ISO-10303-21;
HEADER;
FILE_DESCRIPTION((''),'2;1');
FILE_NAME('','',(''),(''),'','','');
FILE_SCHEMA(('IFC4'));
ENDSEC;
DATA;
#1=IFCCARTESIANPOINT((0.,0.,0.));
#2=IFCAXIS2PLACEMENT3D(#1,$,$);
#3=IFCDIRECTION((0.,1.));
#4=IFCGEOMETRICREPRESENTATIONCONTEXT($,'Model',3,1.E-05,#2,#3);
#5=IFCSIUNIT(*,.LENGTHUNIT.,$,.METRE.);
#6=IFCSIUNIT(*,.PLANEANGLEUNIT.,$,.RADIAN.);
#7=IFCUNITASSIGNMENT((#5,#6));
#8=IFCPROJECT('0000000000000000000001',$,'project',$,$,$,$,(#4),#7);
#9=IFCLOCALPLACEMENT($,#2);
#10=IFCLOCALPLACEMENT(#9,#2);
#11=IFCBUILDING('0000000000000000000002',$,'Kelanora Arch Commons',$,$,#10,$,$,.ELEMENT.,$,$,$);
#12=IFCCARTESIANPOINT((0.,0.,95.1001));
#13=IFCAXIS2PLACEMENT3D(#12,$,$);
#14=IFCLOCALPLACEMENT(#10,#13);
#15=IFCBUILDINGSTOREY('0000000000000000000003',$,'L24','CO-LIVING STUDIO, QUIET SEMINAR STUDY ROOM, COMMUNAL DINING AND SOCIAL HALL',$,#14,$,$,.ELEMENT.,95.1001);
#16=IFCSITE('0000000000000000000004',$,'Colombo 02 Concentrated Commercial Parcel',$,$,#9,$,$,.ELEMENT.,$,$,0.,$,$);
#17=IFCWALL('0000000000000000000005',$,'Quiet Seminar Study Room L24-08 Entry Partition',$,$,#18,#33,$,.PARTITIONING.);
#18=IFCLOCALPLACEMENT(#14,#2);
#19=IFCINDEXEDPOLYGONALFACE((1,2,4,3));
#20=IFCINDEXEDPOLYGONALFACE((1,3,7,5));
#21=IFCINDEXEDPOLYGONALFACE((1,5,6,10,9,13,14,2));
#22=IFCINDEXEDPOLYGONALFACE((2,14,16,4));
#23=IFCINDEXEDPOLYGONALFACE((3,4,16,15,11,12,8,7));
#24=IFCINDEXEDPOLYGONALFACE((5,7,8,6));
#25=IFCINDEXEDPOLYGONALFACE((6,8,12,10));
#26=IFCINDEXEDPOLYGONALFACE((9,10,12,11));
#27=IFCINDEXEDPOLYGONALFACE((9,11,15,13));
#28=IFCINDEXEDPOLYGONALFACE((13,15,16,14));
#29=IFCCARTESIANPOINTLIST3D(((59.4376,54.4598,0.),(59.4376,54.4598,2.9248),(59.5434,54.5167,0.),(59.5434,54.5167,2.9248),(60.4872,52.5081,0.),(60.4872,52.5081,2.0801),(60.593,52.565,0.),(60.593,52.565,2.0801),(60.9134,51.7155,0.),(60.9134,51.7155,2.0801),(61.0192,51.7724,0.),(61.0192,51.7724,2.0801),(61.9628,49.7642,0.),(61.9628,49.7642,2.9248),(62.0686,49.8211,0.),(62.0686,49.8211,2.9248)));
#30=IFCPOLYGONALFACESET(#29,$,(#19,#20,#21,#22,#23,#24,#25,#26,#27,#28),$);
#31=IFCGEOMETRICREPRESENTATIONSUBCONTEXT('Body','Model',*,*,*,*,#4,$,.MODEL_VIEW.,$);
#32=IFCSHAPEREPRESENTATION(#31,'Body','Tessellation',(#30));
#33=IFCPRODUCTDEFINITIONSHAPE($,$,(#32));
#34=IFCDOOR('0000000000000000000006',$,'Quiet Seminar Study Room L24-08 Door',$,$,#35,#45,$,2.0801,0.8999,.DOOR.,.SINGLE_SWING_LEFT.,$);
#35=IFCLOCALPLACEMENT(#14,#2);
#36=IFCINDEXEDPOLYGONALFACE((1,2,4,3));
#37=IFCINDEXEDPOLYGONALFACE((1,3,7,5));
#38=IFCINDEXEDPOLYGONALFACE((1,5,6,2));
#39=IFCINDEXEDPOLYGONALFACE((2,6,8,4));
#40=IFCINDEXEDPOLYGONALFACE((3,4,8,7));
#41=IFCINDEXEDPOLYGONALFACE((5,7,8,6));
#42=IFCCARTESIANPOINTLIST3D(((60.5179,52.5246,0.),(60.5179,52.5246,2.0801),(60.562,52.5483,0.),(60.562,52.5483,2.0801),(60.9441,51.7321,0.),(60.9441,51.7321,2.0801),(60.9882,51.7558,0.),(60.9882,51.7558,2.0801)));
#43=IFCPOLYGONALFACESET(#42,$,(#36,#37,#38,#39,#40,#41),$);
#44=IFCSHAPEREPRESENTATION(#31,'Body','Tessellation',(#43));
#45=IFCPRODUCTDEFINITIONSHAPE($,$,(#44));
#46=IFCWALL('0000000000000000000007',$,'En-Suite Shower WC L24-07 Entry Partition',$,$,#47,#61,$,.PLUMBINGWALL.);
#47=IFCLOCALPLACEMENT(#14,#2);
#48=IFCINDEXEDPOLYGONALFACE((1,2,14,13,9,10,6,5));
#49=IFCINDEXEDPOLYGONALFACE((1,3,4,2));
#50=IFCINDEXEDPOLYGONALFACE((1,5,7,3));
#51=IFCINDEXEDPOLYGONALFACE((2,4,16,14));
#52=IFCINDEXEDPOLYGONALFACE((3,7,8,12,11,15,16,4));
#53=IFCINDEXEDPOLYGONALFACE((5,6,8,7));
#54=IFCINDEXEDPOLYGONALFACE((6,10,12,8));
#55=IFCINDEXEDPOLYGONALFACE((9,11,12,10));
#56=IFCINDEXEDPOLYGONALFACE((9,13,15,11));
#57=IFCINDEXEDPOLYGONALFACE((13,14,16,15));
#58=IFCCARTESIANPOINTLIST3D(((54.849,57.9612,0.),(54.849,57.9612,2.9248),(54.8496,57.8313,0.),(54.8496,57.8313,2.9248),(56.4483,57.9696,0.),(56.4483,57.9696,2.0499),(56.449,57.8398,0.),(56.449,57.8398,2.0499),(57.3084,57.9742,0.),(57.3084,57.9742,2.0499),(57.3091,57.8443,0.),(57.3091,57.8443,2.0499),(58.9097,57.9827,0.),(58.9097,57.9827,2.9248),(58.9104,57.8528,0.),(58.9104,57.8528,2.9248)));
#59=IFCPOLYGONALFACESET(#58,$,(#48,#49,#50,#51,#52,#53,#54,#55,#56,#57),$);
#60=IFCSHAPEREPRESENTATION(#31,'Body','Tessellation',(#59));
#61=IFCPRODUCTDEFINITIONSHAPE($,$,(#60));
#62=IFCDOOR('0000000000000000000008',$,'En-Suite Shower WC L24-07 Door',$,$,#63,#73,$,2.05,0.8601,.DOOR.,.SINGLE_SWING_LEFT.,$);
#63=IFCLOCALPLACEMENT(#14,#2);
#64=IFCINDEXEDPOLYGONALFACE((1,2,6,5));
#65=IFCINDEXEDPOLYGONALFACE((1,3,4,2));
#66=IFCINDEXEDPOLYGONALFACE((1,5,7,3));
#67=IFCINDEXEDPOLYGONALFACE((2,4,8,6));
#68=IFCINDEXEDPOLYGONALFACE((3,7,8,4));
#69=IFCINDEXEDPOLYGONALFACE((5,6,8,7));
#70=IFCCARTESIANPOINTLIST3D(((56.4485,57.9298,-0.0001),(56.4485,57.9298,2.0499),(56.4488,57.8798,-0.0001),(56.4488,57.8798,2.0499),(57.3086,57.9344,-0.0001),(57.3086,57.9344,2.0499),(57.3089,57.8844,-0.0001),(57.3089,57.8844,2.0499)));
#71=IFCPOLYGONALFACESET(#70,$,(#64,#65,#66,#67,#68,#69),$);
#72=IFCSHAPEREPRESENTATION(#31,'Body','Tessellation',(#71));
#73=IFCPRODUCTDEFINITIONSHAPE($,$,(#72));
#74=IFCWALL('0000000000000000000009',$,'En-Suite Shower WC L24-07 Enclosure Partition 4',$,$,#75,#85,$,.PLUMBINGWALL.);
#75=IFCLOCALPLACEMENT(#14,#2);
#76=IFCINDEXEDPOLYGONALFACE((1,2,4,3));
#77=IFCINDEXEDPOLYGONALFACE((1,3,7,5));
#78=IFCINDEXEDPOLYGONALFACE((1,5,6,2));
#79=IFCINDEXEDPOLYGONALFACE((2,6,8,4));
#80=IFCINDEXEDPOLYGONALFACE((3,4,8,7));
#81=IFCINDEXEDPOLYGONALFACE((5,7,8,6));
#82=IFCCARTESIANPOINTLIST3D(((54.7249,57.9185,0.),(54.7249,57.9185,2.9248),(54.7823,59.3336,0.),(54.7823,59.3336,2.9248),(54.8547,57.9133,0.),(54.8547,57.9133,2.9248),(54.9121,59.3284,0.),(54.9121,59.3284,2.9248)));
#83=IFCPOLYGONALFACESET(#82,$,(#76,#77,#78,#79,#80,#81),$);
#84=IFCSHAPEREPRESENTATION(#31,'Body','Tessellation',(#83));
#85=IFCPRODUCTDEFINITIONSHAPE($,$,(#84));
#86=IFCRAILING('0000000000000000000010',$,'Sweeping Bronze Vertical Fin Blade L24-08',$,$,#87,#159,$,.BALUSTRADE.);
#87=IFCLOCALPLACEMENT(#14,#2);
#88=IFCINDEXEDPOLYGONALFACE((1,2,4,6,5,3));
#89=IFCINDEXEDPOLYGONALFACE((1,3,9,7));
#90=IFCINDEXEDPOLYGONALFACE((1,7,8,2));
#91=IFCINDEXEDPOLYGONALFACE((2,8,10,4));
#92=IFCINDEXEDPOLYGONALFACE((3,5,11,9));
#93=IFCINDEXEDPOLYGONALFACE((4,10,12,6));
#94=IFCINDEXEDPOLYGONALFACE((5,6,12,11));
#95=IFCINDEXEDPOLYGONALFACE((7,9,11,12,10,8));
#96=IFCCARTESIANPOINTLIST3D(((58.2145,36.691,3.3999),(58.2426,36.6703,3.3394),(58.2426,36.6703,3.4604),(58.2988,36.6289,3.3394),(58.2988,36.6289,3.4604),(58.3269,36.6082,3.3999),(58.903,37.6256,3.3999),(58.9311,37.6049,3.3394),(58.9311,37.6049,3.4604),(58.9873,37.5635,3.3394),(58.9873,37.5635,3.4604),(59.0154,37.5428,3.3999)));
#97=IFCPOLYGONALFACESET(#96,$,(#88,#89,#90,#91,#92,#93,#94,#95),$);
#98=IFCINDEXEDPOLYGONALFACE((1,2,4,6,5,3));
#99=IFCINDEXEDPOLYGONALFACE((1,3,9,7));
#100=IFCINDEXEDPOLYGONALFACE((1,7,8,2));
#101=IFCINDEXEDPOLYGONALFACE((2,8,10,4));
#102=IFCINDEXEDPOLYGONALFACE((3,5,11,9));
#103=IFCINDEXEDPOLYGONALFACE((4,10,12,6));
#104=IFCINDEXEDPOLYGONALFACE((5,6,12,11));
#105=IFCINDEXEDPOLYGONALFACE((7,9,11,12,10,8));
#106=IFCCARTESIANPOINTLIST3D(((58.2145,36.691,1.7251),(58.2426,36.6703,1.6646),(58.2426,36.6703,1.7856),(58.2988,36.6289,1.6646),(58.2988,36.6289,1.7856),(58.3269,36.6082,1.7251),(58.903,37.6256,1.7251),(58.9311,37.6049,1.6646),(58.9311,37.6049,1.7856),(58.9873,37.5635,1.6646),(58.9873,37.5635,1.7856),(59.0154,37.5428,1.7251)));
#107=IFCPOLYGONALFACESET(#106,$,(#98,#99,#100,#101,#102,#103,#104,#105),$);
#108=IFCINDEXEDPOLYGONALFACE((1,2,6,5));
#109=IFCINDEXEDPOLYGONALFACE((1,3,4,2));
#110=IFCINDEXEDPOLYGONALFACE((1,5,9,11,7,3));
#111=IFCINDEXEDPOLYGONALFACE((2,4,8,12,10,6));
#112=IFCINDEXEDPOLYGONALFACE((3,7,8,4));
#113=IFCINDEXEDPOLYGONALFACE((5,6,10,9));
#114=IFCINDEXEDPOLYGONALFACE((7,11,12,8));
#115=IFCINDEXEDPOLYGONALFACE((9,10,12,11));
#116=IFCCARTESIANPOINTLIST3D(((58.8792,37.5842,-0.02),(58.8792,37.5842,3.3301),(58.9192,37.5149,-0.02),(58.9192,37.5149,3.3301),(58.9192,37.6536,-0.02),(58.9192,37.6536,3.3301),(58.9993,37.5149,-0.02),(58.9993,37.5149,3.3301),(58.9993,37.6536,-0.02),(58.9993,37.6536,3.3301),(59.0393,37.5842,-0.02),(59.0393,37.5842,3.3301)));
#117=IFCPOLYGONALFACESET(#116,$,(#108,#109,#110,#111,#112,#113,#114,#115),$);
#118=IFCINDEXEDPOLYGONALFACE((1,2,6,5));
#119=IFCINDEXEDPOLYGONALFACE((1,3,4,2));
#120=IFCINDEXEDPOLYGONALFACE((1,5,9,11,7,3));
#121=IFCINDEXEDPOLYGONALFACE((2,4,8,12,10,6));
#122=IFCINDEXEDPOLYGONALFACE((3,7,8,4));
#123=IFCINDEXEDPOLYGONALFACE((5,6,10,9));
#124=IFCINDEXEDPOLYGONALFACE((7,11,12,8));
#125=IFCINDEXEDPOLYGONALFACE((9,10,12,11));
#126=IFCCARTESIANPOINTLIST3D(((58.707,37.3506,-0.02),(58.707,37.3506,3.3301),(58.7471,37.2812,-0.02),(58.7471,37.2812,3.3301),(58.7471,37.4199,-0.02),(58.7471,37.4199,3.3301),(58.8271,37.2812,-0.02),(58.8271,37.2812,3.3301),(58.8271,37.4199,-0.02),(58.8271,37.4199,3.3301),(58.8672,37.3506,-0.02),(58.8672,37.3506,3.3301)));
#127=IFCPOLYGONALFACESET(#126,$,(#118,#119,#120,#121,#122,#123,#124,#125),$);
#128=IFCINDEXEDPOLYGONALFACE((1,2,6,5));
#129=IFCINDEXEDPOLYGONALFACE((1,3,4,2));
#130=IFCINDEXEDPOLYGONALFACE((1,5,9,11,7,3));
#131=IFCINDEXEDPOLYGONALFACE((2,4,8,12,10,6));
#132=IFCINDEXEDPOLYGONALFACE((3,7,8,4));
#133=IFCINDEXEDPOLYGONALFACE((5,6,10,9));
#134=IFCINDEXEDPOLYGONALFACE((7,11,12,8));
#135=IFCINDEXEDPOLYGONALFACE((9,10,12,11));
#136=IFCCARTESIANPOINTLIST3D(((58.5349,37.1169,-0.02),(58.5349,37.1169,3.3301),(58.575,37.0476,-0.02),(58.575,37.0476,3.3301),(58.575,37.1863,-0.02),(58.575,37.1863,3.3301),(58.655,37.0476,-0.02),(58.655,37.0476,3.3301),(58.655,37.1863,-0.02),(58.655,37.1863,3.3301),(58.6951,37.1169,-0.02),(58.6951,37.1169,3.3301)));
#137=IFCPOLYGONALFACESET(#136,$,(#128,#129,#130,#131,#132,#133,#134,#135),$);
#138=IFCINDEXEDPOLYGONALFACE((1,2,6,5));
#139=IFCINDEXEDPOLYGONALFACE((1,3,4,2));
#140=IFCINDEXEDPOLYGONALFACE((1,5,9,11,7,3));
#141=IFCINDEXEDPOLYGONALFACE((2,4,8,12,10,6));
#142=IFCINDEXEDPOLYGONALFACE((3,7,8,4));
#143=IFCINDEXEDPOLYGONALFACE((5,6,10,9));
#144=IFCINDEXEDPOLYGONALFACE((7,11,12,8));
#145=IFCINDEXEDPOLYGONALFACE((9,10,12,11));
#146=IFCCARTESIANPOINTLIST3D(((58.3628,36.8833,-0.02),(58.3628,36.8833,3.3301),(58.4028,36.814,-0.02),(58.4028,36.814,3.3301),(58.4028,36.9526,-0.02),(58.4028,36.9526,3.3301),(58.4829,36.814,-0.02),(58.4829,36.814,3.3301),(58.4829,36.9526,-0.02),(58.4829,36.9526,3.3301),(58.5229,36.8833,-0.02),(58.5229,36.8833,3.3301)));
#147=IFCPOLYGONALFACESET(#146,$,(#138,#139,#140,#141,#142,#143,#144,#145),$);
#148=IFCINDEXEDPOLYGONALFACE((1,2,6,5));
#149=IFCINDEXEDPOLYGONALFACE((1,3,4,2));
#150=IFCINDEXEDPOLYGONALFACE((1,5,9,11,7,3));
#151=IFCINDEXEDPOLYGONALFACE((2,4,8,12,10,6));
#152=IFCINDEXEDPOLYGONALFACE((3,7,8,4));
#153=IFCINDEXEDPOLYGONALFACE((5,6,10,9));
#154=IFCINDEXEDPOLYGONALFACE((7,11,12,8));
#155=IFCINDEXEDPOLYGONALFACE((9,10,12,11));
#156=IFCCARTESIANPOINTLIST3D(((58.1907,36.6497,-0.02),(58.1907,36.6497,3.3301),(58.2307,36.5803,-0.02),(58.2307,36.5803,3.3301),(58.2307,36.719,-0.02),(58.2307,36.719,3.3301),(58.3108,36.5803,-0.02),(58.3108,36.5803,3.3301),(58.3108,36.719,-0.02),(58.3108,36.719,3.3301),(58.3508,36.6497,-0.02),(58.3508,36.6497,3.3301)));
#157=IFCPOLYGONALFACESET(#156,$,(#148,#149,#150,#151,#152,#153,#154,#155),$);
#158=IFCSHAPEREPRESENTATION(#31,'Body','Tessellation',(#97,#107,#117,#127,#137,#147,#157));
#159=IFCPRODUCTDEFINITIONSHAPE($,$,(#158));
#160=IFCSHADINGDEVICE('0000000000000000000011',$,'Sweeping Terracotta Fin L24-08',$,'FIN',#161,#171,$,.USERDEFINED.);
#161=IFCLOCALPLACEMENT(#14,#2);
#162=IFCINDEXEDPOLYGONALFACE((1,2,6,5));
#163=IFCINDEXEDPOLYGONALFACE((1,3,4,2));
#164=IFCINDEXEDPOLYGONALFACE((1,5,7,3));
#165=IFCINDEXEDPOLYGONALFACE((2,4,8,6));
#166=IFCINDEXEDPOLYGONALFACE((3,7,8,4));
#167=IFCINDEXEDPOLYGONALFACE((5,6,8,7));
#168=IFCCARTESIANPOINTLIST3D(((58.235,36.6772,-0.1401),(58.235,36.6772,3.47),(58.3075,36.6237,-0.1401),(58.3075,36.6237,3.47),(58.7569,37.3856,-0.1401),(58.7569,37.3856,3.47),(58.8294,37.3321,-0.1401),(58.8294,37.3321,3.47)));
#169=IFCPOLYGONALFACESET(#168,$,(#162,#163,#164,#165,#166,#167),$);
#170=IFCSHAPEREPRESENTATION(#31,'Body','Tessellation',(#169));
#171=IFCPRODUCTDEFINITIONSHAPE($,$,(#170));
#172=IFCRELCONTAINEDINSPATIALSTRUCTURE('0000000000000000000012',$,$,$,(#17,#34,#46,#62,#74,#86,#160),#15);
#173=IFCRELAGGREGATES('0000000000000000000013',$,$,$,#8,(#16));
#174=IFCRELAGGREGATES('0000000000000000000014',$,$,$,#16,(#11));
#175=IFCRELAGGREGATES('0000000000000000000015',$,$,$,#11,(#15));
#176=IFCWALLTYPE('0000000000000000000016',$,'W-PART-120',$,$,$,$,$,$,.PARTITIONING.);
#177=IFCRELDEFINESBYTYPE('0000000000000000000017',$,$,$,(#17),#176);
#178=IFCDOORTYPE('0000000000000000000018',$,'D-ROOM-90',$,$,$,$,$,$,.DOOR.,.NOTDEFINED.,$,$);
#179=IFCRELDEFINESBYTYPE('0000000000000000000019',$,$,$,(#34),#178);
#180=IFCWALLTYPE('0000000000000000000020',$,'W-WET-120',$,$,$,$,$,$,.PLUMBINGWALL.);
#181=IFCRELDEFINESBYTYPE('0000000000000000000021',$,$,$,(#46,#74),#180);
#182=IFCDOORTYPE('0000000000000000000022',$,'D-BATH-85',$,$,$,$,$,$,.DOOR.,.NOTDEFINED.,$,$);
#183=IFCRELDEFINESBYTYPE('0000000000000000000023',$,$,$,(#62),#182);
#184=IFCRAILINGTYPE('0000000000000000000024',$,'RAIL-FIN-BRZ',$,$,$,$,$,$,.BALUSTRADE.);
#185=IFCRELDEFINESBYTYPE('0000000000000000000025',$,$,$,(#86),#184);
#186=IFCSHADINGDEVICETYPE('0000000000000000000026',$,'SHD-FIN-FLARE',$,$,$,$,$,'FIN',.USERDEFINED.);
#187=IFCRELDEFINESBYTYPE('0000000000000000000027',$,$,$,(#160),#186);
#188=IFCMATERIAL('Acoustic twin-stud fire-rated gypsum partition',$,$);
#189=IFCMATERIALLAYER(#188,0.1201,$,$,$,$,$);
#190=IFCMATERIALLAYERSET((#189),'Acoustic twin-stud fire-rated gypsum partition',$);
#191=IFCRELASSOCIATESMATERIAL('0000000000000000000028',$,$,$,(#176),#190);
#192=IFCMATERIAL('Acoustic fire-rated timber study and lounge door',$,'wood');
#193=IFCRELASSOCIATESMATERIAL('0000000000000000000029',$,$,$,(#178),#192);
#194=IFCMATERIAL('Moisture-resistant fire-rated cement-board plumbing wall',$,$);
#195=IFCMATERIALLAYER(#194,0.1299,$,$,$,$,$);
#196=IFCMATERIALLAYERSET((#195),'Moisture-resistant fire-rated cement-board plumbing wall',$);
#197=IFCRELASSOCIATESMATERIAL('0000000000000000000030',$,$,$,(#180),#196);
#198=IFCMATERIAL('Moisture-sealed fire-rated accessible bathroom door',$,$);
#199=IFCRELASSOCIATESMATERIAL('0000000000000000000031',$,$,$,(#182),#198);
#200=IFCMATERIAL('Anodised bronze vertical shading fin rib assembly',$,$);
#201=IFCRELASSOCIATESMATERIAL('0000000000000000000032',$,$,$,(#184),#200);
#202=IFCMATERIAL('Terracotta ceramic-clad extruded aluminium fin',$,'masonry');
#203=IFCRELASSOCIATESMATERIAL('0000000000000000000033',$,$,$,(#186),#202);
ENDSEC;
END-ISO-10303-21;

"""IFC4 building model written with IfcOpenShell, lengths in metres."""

from ifc_helpers import new_model, si_unit, direction, frame, frame_2d, origin, origin_2d, place, context, subcontext, project, spatial, polyline, rectangle, outline, extrude, source, transform, mapped, material, layer, layer_set, type_object, element, fill, save


model = new_model("IFC4")

# Units and contexts
model_context = context("Model", 3, precision=1e-05, world=origin(), true_north=direction((0.0, 1.0)))
body_context = subcontext(model_context, "Body", "Model", "MODEL_VIEW")
ifc_project = project(units=[si_unit("LENGTHUNIT", "METRE"), si_unit("PLANEANGLEUNIT", "RADIAN")], contexts=[model_context])

# Site, building, storey
site_placement = place(None, origin())
site = spatial("IfcSite", under=ifc_project, at=site_placement, Name="Colombo 02 Concentrated Commercial Parcel", CompositionType="ELEMENT", RefElevation=0.0)
building_placement = place(site_placement, origin())
building = spatial("IfcBuilding", under=site, at=building_placement, Name="Kelanora Arch Commons", CompositionType="ELEMENT")
storey_placement = place(building_placement, frame((0.0, 0.0, 95.1001)))
storey = spatial("IfcBuildingStorey", under=building, at=storey_placement, Name="L24", Description="CO-LIVING STUDIO, QUIET SEMINAR STUDY ROOM, COMMUNAL DINING AND SOCIAL HALL", CompositionType="ELEMENT", Elevation=95.1001)

# Walls, openings, doors
ifc_material_1 = material(Name="Acoustic twin-stud fire-rated gypsum partition")
ifc_layer_1 = layer(ifc_material_1, 0.1201)
ifc_layer_set_1 = layer_set([ifc_layer_1], Name="Acoustic twin-stud fire-rated gypsum partition")
wall_type_1 = type_object("IfcWallType", Name="W-PART-120", PredefinedType="PARTITIONING", material=ifc_layer_set_1)
wall_1_placement = place(storey_placement, frame((59.4905, 54.4883, 0.0), z_axis=(0.0, 0.0, 1.0), x_axis=(0.47363, -0.880724, 0.0)))
wall_1 = element("IfcWall", 1, at=wall_1_placement, inside=storey, type_object=wall_type_1, Name="Quiet Seminar Study Room L24-08 Entry Partition", PredefinedType="PARTITIONING", context=body_context, shape_type="SweptSolid", body=[
    extrude(rectangle(XDim=5.3315, YDim=0.1201, at=frame_2d((2.6658, 0.0))), origin(), (0.0, 0.0, 1.0), 2.9248),
])
opening_1_placement = place(wall_1_placement, frame((2.2161, 0.0, 0.0)))
opening_1 = element("IfcOpeningElement", 2, at=opening_1_placement, cuts=wall_1, PredefinedType="OPENING", context=body_context, shape_type="SweptSolid", body=[
    extrude(rectangle(XDim=0.8999, YDim=2.0801, at=frame_2d((0.45, 1.04))), frame((0.0, 0.0701, 0.0), z_axis=(0.0, -1.0, 0.0), x_axis=(1.0, 0.0, 0.0)), (0.0, 0.0, 1.0), 0.1401),
])
ifc_material_2 = material(Name="Acoustic fire-rated timber study and lounge door", Category="wood")
door_type_1 = type_object("IfcDoorType", Name="D-ROOM-90", OperationType="NOTDEFINED", PredefinedType="DOOR", material=ifc_material_2)
door_1_placement = place(opening_1_placement, origin())
door_1 = element("IfcDoor", 3, at=door_1_placement, inside=storey, type_object=door_type_1, Name="Quiet Seminar Study Room L24-08 Door", OperationType="SINGLE_SWING_LEFT", OverallHeight=2.0801, OverallWidth=0.8999, PredefinedType="DOOR", context=body_context, shape_type="SweptSolid", body=[
    extrude(rectangle(XDim=0.8999, YDim=2.0801, at=frame_2d((0.45, 1.04))), frame((0.0, 0.0249, 0.0), z_axis=(0.0, -1.0, 0.0), x_axis=(1.0, 0.0, 0.0)), (0.0, 0.0, 1.0), 0.05),
])
fill(opening_1, door_1)
ifc_material_3 = material(Name="Moisture-resistant fire-rated cement-board plumbing wall")
ifc_layer_2 = layer(ifc_material_3, 0.1299)
ifc_layer_set_2 = layer_set([ifc_layer_2], Name="Moisture-resistant fire-rated cement-board plumbing wall")
wall_type_2 = type_object("IfcWallType", Name="W-WET-120", PredefinedType="PLUMBINGWALL", material=ifc_layer_set_2)
wall_2_placement = place(storey_placement, frame((58.9099, 57.9177, 0.0), z_axis=(0.0, 0.0, 1.0), x_axis=(-0.999986, -0.005291, 0.0)))
wall_2 = element("IfcWall", 4, at=wall_2_placement, inside=storey, type_object=wall_type_2, Name="En-Suite Shower WC L24-07 Entry Partition", PredefinedType="PLUMBINGWALL", context=body_context, shape_type="SweptSolid", body=[
    extrude(rectangle(XDim=4.0608, YDim=0.1299, at=frame_2d((2.0303, 0.0))), origin(), (0.0, 0.0, 1.0), 2.9248),
])
opening_2_placement = place(wall_2_placement, frame((1.6011, 0.0, 0.0)))
opening_2 = element("IfcOpeningElement", 5, at=opening_2_placement, cuts=wall_2, PredefinedType="OPENING", context=body_context, shape_type="SweptSolid", body=[
    extrude(rectangle(XDim=0.8601, YDim=2.05, at=frame_2d((0.4302, 1.0249))), frame((0.0, 0.075, 0.0), z_axis=(0.0, -1.0, 0.0), x_axis=(1.0, 0.0, 0.0)), (0.0, 0.0, 1.0), 0.1499),
])
ifc_material_4 = material(Name="Moisture-sealed fire-rated accessible bathroom door")
door_type_2 = type_object("IfcDoorType", Name="D-BATH-85", OperationType="NOTDEFINED", PredefinedType="DOOR", material=ifc_material_4)
door_2_placement = place(opening_2_placement, origin())
door_2 = element("IfcDoor", 6, at=door_2_placement, inside=storey, type_object=door_type_2, Name="En-Suite Shower WC L24-07 Door", OperationType="SINGLE_SWING_LEFT", OverallHeight=2.05, OverallWidth=0.8601, PredefinedType="DOOR", context=body_context, shape_type="SweptSolid", body=[
    extrude(rectangle(XDim=0.8601, YDim=2.05, at=frame_2d((0.4302, 1.0249))), frame((0.0, 0.0249, 0.0), z_axis=(0.0, -1.0, 0.0), x_axis=(1.0, 0.0, 0.0)), (0.0, 0.0, 1.0), 0.05),
])
fill(opening_2, door_2)

# Wall
wall_3_placement = place(storey_placement, frame((54.7898, 57.916, 0.0), z_axis=(0.0, 0.0, 1.0), x_axis=(0.040512, 0.999179, 0.0)))
element("IfcWall", 7, at=wall_3_placement, inside=storey, type_object=wall_type_2, Name="En-Suite Shower WC L24-07 Enclosure Partition 4", PredefinedType="PLUMBINGWALL", context=body_context, shape_type="SweptSolid", body=[
    extrude(rectangle(XDim=1.4163, YDim=0.1299, at=frame_2d((0.708, 0.0))), origin(), (0.0, 0.0, 1.0), 2.9248),
])

# Railing
ifc_material_5 = material(Name="Anodised bronze vertical shading fin rib assembly")
railing_type = type_object("IfcRailingType", Name="RAIL-FIN-BRZ", PredefinedType="BALUSTRADE", material=ifc_material_5)
railing_placement = place(storey_placement, frame((58.9592, 37.5842, -0.02)))
element("IfcRailing", 8, at=railing_placement, inside=storey, type_object=railing_type, Name="Sweeping Bronze Vertical Fin Blade L24-08", PredefinedType="BALUSTRADE", context=body_context, shape_type="SweptSolid", body=[
    extrude(outline(polyline([(0.0698, 0.0), (0.0349, 0.0605), (-0.0349, 0.0605), (-0.0698, 0.0), (-0.0349, -0.0605), (0.0349, -0.0605), (0.0698, 0.0)])), frame((0.0, 0.0, 3.4199), z_axis=(-0.593113, -0.805119, 0.0), x_axis=(0.805119, -0.593113, 0.0)), (0.0, 0.0, 1.0), 1.1609),
    extrude(outline(polyline([(0.0698, 0.0), (0.0349, 0.0605), (-0.0349, 0.0605), (-0.0698, 0.0), (-0.0349, -0.0605), (0.0349, -0.0605), (0.0698, 0.0)])), frame((0.0, 0.0, 1.7451), z_axis=(-0.593113, -0.805119, 0.0), x_axis=(0.805119, -0.593113, 0.0)), (0.0, 0.0, 1.0), 1.1609),
    extrude(outline(polyline([(0.0801, 0.0), (0.04, 0.0693), (-0.04, 0.0693), (-0.0801, 0.0), (-0.04, -0.0693), (0.04, -0.0693), (0.0801, 0.0)])), origin(), (0.0, 0.0, 1.0), 3.3501),
    extrude(outline(polyline([(0.0801, 0.0), (0.04, 0.0693), (-0.04, 0.0693), (-0.0801, 0.0), (-0.04, -0.0693), (0.04, -0.0693), (0.0801, 0.0)])), frame((-0.1721, -0.2336, 0.0)), (0.0, 0.0, 1.0), 3.3501),
    extrude(outline(polyline([(0.0801, 0.0), (0.04, 0.0693), (-0.04, 0.0693), (-0.0801, 0.0), (-0.04, -0.0693), (0.04, -0.0693), (0.0801, 0.0)])), frame((-0.3442, -0.4673, 0.0)), (0.0, 0.0, 1.0), 3.3501),
    extrude(outline(polyline([(0.0801, 0.0), (0.04, 0.0693), (-0.04, 0.0693), (-0.0801, 0.0), (-0.04, -0.0693), (0.04, -0.0693), (0.0801, 0.0)])), frame((-0.5164, -0.7009, 0.0)), (0.0, 0.0, 1.0), 3.3501),
    extrude(outline(polyline([(0.0801, 0.0), (0.04, 0.0693), (-0.04, 0.0693), (-0.0801, 0.0), (-0.04, -0.0693), (0.04, -0.0693), (0.0801, 0.0)])), frame((-0.6885, -0.9346, 0.0)), (0.0, 0.0, 1.0), 3.3501),
])

# Shading device
ifc_material_6 = material(Name="Terracotta ceramic-clad extruded aluminium fin", Category="masonry")
shading_device_type = type_object("IfcShadingDeviceType", Name="SHD-FIN-FLARE", ElementType="FIN", PredefinedType="USERDEFINED", material=ifc_material_6)
shared_shape_1 = source(origin(), body_context, "Body", "SweptSolid", [
    extrude(rectangle(XDim=0.8799, YDim=0.0901, at=origin_2d()), origin(), (0.0, 0.0, 1.0), 3.6101),
])
shading_device_placement = place(storey_placement, frame((58.5322, 37.0046, -0.1401), z_axis=(0.0, 0.0, 1.0), x_axis=(-0.593138, -0.805101, 0.0)))
element("IfcShadingDevice", 9, at=shading_device_placement, inside=storey, type_object=shading_device_type, Name="Sweeping Terracotta Fin L24-08", ObjectType="FIN", PredefinedType="USERDEFINED", context=body_context, shape_type="MappedRepresentation", body=[
    mapped(shared_shape_1, transform((0.0, 0.0, 0.0), scale=1.0)),
])

save(model, "model.ifc")
